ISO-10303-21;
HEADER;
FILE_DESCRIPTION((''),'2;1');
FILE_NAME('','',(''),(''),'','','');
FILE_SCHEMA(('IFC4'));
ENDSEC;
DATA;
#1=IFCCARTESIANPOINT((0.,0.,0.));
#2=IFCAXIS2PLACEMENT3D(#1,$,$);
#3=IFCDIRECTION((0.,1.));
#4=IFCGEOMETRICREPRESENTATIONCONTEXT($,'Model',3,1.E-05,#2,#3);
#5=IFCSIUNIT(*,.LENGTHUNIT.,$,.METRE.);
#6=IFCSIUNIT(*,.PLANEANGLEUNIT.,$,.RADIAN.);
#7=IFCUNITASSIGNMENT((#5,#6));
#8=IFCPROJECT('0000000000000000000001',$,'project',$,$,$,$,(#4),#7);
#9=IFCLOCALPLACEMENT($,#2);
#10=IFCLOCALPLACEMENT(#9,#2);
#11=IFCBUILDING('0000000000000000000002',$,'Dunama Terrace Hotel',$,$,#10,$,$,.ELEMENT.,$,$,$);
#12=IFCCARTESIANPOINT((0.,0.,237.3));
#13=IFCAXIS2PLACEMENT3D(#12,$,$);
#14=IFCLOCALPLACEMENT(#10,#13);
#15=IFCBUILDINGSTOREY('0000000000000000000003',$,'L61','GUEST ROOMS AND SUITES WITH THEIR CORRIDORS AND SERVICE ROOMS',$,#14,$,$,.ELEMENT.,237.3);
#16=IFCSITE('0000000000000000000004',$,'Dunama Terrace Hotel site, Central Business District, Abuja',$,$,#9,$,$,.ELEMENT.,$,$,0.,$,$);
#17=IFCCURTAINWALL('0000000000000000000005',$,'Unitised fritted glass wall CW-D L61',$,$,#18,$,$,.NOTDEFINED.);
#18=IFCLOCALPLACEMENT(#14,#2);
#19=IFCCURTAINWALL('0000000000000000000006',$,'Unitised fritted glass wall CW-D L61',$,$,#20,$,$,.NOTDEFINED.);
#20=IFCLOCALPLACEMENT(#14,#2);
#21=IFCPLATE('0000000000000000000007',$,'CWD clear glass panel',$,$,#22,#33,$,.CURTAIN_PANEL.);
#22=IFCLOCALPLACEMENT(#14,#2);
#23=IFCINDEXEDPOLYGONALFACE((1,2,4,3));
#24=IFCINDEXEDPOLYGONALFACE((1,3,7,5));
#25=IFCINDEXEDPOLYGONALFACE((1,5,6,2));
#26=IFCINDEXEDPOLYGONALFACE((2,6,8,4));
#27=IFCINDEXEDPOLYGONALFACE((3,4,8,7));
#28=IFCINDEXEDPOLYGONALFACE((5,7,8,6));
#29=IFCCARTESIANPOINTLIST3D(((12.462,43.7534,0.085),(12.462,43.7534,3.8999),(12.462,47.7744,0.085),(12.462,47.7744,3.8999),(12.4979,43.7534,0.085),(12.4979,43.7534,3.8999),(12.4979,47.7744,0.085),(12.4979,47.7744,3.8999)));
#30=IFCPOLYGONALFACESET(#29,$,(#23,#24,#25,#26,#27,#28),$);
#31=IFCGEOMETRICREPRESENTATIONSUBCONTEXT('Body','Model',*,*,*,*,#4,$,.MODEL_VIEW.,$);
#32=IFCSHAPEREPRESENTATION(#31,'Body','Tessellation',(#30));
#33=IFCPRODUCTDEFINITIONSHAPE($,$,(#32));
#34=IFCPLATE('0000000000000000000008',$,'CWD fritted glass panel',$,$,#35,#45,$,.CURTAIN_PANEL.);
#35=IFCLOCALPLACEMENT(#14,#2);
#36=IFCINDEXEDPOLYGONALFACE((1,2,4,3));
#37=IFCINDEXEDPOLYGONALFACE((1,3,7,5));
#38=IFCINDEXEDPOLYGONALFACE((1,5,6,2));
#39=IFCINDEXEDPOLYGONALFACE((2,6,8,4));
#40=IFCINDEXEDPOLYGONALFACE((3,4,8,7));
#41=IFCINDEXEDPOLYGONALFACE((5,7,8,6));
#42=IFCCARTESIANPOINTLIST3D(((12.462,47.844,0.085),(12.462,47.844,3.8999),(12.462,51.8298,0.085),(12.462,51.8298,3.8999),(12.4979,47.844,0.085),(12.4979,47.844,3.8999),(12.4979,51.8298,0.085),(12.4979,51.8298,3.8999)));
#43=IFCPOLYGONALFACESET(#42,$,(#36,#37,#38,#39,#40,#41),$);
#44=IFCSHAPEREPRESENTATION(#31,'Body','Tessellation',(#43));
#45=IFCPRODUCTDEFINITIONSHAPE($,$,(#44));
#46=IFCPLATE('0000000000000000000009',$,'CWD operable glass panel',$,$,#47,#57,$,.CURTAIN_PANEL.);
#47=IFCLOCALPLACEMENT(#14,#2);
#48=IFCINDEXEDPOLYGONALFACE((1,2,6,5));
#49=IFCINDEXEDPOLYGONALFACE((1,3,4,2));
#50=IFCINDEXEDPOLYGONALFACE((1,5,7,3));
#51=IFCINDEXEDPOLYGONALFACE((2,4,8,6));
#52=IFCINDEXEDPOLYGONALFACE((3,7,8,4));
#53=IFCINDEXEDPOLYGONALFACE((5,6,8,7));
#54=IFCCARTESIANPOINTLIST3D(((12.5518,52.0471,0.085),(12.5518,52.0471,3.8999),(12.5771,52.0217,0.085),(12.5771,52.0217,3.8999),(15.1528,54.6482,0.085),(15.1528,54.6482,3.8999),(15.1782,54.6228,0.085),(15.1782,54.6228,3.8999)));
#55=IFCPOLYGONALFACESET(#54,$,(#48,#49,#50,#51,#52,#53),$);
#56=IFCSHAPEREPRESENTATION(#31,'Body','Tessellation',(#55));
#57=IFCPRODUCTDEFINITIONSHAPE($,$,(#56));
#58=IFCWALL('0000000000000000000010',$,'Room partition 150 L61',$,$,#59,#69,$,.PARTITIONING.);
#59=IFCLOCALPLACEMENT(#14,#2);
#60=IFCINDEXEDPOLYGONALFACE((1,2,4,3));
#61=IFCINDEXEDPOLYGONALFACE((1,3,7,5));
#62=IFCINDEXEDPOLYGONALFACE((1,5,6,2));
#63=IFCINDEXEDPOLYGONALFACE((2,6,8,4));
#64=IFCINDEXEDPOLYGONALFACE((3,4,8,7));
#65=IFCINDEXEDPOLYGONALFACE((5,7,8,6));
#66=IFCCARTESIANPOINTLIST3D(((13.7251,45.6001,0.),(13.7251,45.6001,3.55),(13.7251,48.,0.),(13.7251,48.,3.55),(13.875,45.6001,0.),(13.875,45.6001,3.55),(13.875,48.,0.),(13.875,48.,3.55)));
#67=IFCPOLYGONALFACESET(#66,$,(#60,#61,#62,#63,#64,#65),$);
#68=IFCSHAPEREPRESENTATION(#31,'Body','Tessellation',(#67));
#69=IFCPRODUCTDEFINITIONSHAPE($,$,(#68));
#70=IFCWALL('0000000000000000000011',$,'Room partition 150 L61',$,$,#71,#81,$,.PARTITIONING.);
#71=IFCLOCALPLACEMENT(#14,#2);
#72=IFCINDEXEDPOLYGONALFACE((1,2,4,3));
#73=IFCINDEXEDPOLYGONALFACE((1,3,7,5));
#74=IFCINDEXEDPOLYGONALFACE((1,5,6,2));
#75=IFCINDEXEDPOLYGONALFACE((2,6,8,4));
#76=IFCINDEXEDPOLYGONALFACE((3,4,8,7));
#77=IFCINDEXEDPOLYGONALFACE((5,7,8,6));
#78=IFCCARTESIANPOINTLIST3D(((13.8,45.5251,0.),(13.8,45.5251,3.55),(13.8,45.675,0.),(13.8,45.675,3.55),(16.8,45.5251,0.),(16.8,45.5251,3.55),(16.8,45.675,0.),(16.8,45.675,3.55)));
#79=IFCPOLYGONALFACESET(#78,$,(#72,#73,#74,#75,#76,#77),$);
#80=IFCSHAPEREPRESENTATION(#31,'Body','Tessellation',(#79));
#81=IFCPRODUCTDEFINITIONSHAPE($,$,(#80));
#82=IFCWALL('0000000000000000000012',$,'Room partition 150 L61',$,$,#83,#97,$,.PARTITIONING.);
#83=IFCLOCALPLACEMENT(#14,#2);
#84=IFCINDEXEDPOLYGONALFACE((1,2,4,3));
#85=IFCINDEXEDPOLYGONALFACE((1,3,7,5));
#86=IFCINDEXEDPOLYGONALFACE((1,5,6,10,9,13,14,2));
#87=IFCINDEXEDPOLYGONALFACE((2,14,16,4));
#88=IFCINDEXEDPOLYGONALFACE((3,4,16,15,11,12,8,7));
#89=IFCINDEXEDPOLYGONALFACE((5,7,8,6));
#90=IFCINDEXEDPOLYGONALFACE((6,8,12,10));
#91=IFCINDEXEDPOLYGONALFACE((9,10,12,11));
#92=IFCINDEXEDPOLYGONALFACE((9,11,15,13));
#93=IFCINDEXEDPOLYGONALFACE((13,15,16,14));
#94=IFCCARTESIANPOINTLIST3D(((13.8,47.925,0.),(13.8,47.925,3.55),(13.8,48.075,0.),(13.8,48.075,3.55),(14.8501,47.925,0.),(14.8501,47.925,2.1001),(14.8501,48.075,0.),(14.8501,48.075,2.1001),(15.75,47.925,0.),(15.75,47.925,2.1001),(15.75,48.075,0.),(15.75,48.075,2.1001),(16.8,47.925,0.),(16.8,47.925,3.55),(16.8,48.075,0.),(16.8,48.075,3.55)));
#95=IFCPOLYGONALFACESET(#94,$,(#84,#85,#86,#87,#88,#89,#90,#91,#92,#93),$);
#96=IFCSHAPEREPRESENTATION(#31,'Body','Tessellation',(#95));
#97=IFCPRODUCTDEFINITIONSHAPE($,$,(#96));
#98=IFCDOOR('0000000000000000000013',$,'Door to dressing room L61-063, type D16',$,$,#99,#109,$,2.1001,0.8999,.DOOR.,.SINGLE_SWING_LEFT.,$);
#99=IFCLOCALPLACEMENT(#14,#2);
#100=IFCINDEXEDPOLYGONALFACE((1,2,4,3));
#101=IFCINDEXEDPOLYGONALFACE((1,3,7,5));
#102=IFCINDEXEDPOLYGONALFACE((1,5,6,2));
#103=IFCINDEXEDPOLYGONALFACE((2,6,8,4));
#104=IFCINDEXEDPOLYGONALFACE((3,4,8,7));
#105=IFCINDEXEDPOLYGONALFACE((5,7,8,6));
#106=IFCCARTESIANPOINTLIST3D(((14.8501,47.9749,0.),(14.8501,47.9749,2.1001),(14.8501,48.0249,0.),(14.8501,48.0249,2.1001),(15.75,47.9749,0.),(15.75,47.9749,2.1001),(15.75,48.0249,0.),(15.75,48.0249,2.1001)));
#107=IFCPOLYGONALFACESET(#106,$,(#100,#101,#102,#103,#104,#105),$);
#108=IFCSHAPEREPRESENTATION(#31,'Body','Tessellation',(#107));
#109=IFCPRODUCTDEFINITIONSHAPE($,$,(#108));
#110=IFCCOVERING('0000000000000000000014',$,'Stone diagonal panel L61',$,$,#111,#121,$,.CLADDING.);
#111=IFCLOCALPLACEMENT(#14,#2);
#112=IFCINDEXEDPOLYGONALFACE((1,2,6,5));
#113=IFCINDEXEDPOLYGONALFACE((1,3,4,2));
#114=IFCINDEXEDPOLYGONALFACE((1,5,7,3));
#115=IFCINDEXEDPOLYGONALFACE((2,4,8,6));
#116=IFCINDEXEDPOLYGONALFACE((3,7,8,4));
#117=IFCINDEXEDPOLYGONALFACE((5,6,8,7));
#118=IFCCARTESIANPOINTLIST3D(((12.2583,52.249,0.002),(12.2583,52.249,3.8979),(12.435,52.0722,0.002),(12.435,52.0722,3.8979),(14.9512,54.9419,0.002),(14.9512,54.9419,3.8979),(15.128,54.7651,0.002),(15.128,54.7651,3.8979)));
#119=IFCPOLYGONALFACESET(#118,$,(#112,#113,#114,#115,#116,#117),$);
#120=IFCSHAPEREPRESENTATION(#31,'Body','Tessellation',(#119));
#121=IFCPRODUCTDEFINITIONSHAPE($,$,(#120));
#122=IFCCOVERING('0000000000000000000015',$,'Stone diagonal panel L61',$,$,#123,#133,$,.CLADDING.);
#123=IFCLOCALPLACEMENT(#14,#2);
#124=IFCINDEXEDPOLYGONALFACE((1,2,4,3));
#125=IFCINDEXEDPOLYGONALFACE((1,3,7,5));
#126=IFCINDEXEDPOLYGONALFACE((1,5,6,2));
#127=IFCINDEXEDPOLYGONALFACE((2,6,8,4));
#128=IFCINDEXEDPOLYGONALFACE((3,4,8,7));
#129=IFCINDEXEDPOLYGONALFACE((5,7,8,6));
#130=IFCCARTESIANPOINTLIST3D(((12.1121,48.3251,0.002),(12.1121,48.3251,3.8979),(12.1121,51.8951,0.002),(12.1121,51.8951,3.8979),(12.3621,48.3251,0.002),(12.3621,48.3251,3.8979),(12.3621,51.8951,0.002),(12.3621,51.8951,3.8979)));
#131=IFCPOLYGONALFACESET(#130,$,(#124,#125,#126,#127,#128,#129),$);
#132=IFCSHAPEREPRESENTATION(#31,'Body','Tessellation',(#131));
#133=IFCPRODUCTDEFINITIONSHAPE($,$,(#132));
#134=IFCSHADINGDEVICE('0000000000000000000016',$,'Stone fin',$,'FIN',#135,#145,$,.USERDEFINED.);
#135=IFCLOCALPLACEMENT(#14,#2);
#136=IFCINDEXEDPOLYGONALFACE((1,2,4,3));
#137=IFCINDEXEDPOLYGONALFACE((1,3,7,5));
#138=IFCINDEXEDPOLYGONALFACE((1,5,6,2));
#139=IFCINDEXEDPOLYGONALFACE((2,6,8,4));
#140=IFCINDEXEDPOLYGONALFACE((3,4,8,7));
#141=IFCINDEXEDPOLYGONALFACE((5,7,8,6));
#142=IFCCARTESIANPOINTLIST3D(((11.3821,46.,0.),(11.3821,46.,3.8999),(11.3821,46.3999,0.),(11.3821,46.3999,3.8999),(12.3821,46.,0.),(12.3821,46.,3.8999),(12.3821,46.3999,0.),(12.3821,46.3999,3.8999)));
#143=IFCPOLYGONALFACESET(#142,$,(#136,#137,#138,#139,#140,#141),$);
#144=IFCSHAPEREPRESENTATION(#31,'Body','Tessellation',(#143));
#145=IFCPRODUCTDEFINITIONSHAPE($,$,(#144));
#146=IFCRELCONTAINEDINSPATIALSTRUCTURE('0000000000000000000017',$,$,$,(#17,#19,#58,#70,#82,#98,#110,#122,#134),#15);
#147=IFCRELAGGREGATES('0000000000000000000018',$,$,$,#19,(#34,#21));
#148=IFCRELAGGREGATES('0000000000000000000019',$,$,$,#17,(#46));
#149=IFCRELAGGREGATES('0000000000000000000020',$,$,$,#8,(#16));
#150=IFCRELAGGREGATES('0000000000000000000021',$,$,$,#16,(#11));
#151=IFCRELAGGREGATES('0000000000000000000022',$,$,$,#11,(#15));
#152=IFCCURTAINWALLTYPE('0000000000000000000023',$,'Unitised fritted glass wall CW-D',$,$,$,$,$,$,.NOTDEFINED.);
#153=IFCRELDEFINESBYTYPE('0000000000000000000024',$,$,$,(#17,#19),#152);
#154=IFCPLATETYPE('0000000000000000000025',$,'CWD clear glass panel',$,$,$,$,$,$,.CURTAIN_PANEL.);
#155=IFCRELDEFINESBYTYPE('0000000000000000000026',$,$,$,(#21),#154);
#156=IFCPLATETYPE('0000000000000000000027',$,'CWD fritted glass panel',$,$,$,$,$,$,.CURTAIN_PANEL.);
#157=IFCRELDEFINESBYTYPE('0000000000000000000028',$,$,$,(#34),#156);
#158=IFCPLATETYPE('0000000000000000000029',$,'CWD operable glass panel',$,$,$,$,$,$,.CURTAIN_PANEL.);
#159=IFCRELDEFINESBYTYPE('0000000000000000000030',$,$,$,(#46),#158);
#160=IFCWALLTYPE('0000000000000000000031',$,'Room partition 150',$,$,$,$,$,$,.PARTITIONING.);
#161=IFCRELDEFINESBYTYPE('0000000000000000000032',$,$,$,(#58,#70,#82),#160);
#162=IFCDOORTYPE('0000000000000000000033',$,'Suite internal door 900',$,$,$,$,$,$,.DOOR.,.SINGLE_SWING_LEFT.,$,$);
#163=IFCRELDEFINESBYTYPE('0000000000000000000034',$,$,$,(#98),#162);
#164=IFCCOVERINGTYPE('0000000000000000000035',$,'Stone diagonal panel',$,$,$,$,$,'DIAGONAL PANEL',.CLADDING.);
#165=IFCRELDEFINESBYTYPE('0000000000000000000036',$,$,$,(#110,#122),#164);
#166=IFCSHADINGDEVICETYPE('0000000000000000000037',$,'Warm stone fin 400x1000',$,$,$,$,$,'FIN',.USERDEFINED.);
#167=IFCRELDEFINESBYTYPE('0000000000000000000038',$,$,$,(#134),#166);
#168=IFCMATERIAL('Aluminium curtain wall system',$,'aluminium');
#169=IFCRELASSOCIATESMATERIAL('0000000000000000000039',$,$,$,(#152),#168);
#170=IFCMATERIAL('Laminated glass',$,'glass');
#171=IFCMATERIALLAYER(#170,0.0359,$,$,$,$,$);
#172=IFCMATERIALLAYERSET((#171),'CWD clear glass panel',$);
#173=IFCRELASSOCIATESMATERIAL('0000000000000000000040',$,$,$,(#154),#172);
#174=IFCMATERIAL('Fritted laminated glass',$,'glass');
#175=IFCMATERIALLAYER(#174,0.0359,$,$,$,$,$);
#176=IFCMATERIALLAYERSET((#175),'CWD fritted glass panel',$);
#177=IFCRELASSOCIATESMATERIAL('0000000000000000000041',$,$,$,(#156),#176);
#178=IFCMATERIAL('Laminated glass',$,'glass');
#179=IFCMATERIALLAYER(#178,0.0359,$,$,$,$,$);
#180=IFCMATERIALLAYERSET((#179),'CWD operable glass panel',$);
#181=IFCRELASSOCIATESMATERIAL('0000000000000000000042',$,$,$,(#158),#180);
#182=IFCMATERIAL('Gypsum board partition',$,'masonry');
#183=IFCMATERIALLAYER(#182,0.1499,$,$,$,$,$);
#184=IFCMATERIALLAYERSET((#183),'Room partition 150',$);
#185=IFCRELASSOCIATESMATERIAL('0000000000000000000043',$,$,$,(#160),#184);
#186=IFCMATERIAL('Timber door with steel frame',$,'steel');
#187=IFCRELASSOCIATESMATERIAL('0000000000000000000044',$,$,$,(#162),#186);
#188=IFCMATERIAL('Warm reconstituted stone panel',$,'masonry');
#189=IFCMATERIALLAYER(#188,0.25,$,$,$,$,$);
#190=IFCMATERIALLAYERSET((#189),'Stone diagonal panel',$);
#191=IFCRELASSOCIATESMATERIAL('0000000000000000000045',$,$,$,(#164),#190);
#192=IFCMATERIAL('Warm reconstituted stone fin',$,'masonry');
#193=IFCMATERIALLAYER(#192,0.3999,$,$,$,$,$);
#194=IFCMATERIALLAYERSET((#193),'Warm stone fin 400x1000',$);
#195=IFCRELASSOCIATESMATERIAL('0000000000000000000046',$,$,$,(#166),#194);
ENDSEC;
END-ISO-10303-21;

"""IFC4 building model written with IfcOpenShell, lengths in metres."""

from ifc_helpers import new_model, si_unit, direction, frame, frame_2d, origin, origin_2d, place, context, subcontext, project, spatial, rectangle, extrude, material, layer, layer_set, type_object, element, fill, aggregate, save


model = new_model("IFC4")

# Units and contexts
model_context = context("Model", 3, precision=1e-05, world=origin(), true_north=direction((0.0, 1.0)))
body_context = subcontext(model_context, "Body", "Model", "MODEL_VIEW")
ifc_project = project(units=[si_unit("LENGTHUNIT", "METRE"), si_unit("PLANEANGLEUNIT", "RADIAN")], contexts=[model_context])

# Site, building, storey
site_placement = place(None, origin())
site = spatial("IfcSite", under=ifc_project, at=site_placement, Name="Dunama Terrace Hotel site, Central Business District, Abuja", CompositionType="ELEMENT", RefElevation=0.0)
building_placement = place(site_placement, origin())
building = spatial("IfcBuilding", under=site, at=building_placement, Name="Dunama Terrace Hotel", CompositionType="ELEMENT")
storey_placement = place(building_placement, frame((0.0, 0.0, 237.3)))
storey = spatial("IfcBuildingStorey", under=building, at=storey_placement, Name="L61", Description="GUEST ROOMS AND SUITES WITH THEIR CORRIDORS AND SERVICE ROOMS", CompositionType="ELEMENT", Elevation=237.3)

# Shared definitions
ifc_material_1 = material(Name="Aluminium curtain wall system", Category="aluminium")
curtain_wall_type = type_object("IfcCurtainWallType", Name="Unitised fritted glass wall CW-D", PredefinedType="NOTDEFINED", material=ifc_material_1)

# Curtain walls
curtain_wall_1_placement = place(storey_placement, origin())
curtain_wall_1 = element("IfcCurtainWall", 1, at=curtain_wall_1_placement, inside=storey, type_object=curtain_wall_type, Name="Unitised fritted glass wall CW-D L61", PredefinedType="NOTDEFINED")
curtain_wall_2_placement = place(storey_placement, origin())
curtain_wall_2 = element("IfcCurtainWall", 2, at=curtain_wall_2_placement, inside=storey, type_object=curtain_wall_type, Name="Unitised fritted glass wall CW-D L61", PredefinedType="NOTDEFINED")

# Plates
ifc_material_2 = material(Name="Laminated glass", Category="glass")
ifc_layer_1 = layer(ifc_material_2, 0.0359)
ifc_layer_set_1 = layer_set([ifc_layer_1], Name="CWD clear glass panel")
plate_type_1 = type_object("IfcPlateType", Name="CWD clear glass panel", PredefinedType="CURTAIN_PANEL", material=ifc_layer_set_1)
plate_1_placement = place(storey_placement, frame((12.48, 45.7639, 0.085), z_axis=(0.0, 0.0, 1.0), x_axis=(0.0, -1.0, 0.0)))
plate_1 = element("IfcPlate", 3, at=plate_1_placement, type_object=plate_type_1, Name="CWD clear glass panel", PredefinedType="CURTAIN_PANEL", context=body_context, shape_type="SweptSolid", body=[
    extrude(rectangle(XDim=4.021, YDim=0.0359, at=origin_2d()), origin(), (0.0, 0.0, 1.0), 3.8149),
])
ifc_material_3 = material(Name="Fritted laminated glass", Category="glass")
ifc_layer_2 = layer(ifc_material_3, 0.0359)
ifc_layer_set_2 = layer_set([ifc_layer_2], Name="CWD fritted glass panel")
plate_type_2 = type_object("IfcPlateType", Name="CWD fritted glass panel", PredefinedType="CURTAIN_PANEL", material=ifc_layer_set_2)
plate_2_placement = place(storey_placement, frame((12.48, 49.8369, 0.085), z_axis=(0.0, 0.0, 1.0), x_axis=(0.0, -1.0, 0.0)))
plate_2 = element("IfcPlate", 4, at=plate_2_placement, type_object=plate_type_2, Name="CWD fritted glass panel", PredefinedType="CURTAIN_PANEL", context=body_context, shape_type="SweptSolid", body=[
    extrude(rectangle(XDim=3.9858, YDim=0.0359, at=origin_2d()), origin(), (0.0, 0.0, 1.0), 3.8149),
])
aggregate(curtain_wall_2, [plate_2, plate_1])
ifc_material_4 = material(Name="Laminated glass", Category="glass")
ifc_layer_3 = layer(ifc_material_4, 0.0359)
ifc_layer_set_3 = layer_set([ifc_layer_3], Name="CWD operable glass panel")
plate_type_3 = type_object("IfcPlateType", Name="CWD operable glass panel", PredefinedType="CURTAIN_PANEL", material=ifc_layer_set_3)
plate_3_placement = place(storey_placement, frame((13.865, 53.335, 0.085), z_axis=(0.0, 0.0, 1.0), x_axis=(-0.707107, -0.707107, 0.0)))
plate_3 = element("IfcPlate", 5, at=plate_3_placement, type_object=plate_type_3, Name="CWD operable glass panel", PredefinedType="CURTAIN_PANEL", context=body_context, shape_type="SweptSolid", body=[
    extrude(rectangle(XDim=3.6785, YDim=0.0359, at=origin_2d()), origin(), (0.0, 0.0, 1.0), 3.8149),
])
aggregate(curtain_wall_1, [plate_3])

# Walls
ifc_material_5 = material(Name="Gypsum board partition", Category="masonry")
ifc_layer_4 = layer(ifc_material_5, 0.1499)
ifc_layer_set_4 = layer_set([ifc_layer_4], Name="Room partition 150")
wall_type = type_object("IfcWallType", Name="Room partition 150", PredefinedType="PARTITIONING", material=ifc_layer_set_4)
wall_1_placement = place(storey_placement, frame((13.8, 45.6001, 0.0), z_axis=(0.0, 0.0, 1.0), x_axis=(0.0, 1.0, 0.0)))
element("IfcWall", 6, at=wall_1_placement, inside=storey, type_object=wall_type, Name="Room partition 150 L61", PredefinedType="PARTITIONING", context=body_context, shape_type="SweptSolid", body=[
    extrude(rectangle(XDim=2.3999, YDim=0.1499, at=frame_2d((1.2, 0.0))), origin(), (0.0, 0.0, 1.0), 3.55),
])
wall_2_placement = place(storey_placement, frame((13.8, 45.6001, 0.0), z_axis=(0.0, 0.0, 1.0), x_axis=(1.0, 0.0, 0.0)))
element("IfcWall", 7, at=wall_2_placement, inside=storey, type_object=wall_type, Name="Room partition 150 L61", PredefinedType="PARTITIONING", context=body_context, shape_type="SweptSolid", body=[
    extrude(rectangle(XDim=3.0, YDim=0.1499, at=frame_2d((1.5, 0.0))), origin(), (0.0, 0.0, 1.0), 3.55),
])

# Wall, opening, door
wall_3_placement = place(storey_placement, frame((13.8, 48.0, 0.0), z_axis=(0.0, 0.0, 1.0), x_axis=(1.0, 0.0, 0.0)))
wall_3 = element("IfcWall", 8, at=wall_3_placement, inside=storey, type_object=wall_type, Name="Room partition 150 L61", PredefinedType="PARTITIONING", context=body_context, shape_type="SweptSolid", body=[
    extrude(rectangle(XDim=3.0, YDim=0.1499, at=frame_2d((1.5, 0.0))), origin(), (0.0, 0.0, 1.0), 3.55),
])
opening_placement = place(wall_3_placement, frame((1.05, 0.0, 0.0)))
opening = element("IfcOpeningElement", 9, at=opening_placement, cuts=wall_3, PredefinedType="OPENING", context=body_context, shape_type="SweptSolid", body=[
    extrude(rectangle(XDim=0.8999, YDim=2.1001, at=frame_2d((0.45, 1.05))), frame((0.0, 0.085, 0.0), z_axis=(0.0, -1.0, 0.0), x_axis=(1.0, 0.0, 0.0)), (0.0, 0.0, 1.0), 0.1699),
])
ifc_material_6 = material(Name="Timber door with steel frame", Category="steel")
door_type = type_object("IfcDoorType", Name="Suite internal door 900", OperationType="SINGLE_SWING_LEFT", PredefinedType="DOOR", material=ifc_material_6)
door_placement = place(opening_placement, frame((0.8999, 0.0, 0.0), z_axis=(0.0, 0.0, 1.0), x_axis=(-1.0, 0.0, 0.0)))
door = element("IfcDoor", 10, at=door_placement, inside=storey, type_object=door_type, Name="Door to dressing room L61-063, type D16", OperationType="SINGLE_SWING_LEFT", OverallHeight=2.1001, OverallWidth=0.8999, PredefinedType="DOOR", context=body_context, shape_type="SweptSolid", body=[
    extrude(rectangle(XDim=0.8999, YDim=2.1001, at=frame_2d((0.45, 1.05))), frame((0.0, 0.0251, 0.0), z_axis=(0.0, -1.0, 0.0), x_axis=(1.0, 0.0, 0.0)), (0.0, 0.0, 1.0), 0.05),
])
fill(opening, door)

# Coverings
ifc_material_7 = material(Name="Warm reconstituted stone panel", Category="masonry")
ifc_layer_5 = layer(ifc_material_7, 0.25)
ifc_layer_set_5 = layer_set([ifc_layer_5], Name="Stone diagonal panel")
covering_type = type_object("IfcCoveringType", Name="Stone diagonal panel", ElementType="DIAGONAL PANEL", PredefinedType="CLADDING", material=ifc_layer_set_5)
covering_1_placement = place(storey_placement, frame((13.6931, 53.5071, 0.002), z_axis=(0.0, 0.0, 1.0), x_axis=(-0.707107, -0.707107, 0.0)))
element("IfcCovering", 11, at=covering_1_placement, inside=storey, type_object=covering_type, Name="Stone diagonal panel L61", PredefinedType="CLADDING", context=body_context, shape_type="SweptSolid", body=[
    extrude(rectangle(XDim=3.8083, YDim=0.25, at=origin_2d()), origin(), (0.0, 0.0, 1.0), 3.896),
])
covering_2_placement = place(storey_placement, frame((12.2371, 50.1101, 0.002), z_axis=(0.0, 0.0, 1.0), x_axis=(0.0, -1.0, 0.0)))
element("IfcCovering", 12, at=covering_2_placement, inside=storey, type_object=covering_type, Name="Stone diagonal panel L61", PredefinedType="CLADDING", context=body_context, shape_type="SweptSolid", body=[
    extrude(rectangle(XDim=3.5701, YDim=0.25, at=origin_2d()), origin(), (0.0, 0.0, 1.0), 3.896),
])

# Shading device
ifc_material_8 = material(Name="Warm reconstituted stone fin", Category="masonry")
ifc_layer_6 = layer(ifc_material_8, 0.3999)
ifc_layer_set_6 = layer_set([ifc_layer_6], Name="Warm stone fin 400x1000")
shading_device_type = type_object("IfcShadingDeviceType", Name="Warm stone fin 400x1000", ElementType="FIN", PredefinedType="USERDEFINED", material=ifc_layer_set_6)
shading_device_placement = place(storey_placement, frame((11.8821, 46.2, 0.0), z_axis=(0.0, 0.0, 1.0), x_axis=(0.0, -1.0, 0.0)))
element("IfcShadingDevice", 13, at=shading_device_placement, inside=storey, type_object=shading_device_type, Name="Stone fin", ObjectType="FIN", PredefinedType="USERDEFINED", context=body_context, shape_type="SweptSolid", body=[
    extrude(rectangle(XDim=0.3999, YDim=1.0, at=origin_2d()), origin(), (0.0, 0.0, 1.0), 3.8999),
])

save(model, "model.ifc")
